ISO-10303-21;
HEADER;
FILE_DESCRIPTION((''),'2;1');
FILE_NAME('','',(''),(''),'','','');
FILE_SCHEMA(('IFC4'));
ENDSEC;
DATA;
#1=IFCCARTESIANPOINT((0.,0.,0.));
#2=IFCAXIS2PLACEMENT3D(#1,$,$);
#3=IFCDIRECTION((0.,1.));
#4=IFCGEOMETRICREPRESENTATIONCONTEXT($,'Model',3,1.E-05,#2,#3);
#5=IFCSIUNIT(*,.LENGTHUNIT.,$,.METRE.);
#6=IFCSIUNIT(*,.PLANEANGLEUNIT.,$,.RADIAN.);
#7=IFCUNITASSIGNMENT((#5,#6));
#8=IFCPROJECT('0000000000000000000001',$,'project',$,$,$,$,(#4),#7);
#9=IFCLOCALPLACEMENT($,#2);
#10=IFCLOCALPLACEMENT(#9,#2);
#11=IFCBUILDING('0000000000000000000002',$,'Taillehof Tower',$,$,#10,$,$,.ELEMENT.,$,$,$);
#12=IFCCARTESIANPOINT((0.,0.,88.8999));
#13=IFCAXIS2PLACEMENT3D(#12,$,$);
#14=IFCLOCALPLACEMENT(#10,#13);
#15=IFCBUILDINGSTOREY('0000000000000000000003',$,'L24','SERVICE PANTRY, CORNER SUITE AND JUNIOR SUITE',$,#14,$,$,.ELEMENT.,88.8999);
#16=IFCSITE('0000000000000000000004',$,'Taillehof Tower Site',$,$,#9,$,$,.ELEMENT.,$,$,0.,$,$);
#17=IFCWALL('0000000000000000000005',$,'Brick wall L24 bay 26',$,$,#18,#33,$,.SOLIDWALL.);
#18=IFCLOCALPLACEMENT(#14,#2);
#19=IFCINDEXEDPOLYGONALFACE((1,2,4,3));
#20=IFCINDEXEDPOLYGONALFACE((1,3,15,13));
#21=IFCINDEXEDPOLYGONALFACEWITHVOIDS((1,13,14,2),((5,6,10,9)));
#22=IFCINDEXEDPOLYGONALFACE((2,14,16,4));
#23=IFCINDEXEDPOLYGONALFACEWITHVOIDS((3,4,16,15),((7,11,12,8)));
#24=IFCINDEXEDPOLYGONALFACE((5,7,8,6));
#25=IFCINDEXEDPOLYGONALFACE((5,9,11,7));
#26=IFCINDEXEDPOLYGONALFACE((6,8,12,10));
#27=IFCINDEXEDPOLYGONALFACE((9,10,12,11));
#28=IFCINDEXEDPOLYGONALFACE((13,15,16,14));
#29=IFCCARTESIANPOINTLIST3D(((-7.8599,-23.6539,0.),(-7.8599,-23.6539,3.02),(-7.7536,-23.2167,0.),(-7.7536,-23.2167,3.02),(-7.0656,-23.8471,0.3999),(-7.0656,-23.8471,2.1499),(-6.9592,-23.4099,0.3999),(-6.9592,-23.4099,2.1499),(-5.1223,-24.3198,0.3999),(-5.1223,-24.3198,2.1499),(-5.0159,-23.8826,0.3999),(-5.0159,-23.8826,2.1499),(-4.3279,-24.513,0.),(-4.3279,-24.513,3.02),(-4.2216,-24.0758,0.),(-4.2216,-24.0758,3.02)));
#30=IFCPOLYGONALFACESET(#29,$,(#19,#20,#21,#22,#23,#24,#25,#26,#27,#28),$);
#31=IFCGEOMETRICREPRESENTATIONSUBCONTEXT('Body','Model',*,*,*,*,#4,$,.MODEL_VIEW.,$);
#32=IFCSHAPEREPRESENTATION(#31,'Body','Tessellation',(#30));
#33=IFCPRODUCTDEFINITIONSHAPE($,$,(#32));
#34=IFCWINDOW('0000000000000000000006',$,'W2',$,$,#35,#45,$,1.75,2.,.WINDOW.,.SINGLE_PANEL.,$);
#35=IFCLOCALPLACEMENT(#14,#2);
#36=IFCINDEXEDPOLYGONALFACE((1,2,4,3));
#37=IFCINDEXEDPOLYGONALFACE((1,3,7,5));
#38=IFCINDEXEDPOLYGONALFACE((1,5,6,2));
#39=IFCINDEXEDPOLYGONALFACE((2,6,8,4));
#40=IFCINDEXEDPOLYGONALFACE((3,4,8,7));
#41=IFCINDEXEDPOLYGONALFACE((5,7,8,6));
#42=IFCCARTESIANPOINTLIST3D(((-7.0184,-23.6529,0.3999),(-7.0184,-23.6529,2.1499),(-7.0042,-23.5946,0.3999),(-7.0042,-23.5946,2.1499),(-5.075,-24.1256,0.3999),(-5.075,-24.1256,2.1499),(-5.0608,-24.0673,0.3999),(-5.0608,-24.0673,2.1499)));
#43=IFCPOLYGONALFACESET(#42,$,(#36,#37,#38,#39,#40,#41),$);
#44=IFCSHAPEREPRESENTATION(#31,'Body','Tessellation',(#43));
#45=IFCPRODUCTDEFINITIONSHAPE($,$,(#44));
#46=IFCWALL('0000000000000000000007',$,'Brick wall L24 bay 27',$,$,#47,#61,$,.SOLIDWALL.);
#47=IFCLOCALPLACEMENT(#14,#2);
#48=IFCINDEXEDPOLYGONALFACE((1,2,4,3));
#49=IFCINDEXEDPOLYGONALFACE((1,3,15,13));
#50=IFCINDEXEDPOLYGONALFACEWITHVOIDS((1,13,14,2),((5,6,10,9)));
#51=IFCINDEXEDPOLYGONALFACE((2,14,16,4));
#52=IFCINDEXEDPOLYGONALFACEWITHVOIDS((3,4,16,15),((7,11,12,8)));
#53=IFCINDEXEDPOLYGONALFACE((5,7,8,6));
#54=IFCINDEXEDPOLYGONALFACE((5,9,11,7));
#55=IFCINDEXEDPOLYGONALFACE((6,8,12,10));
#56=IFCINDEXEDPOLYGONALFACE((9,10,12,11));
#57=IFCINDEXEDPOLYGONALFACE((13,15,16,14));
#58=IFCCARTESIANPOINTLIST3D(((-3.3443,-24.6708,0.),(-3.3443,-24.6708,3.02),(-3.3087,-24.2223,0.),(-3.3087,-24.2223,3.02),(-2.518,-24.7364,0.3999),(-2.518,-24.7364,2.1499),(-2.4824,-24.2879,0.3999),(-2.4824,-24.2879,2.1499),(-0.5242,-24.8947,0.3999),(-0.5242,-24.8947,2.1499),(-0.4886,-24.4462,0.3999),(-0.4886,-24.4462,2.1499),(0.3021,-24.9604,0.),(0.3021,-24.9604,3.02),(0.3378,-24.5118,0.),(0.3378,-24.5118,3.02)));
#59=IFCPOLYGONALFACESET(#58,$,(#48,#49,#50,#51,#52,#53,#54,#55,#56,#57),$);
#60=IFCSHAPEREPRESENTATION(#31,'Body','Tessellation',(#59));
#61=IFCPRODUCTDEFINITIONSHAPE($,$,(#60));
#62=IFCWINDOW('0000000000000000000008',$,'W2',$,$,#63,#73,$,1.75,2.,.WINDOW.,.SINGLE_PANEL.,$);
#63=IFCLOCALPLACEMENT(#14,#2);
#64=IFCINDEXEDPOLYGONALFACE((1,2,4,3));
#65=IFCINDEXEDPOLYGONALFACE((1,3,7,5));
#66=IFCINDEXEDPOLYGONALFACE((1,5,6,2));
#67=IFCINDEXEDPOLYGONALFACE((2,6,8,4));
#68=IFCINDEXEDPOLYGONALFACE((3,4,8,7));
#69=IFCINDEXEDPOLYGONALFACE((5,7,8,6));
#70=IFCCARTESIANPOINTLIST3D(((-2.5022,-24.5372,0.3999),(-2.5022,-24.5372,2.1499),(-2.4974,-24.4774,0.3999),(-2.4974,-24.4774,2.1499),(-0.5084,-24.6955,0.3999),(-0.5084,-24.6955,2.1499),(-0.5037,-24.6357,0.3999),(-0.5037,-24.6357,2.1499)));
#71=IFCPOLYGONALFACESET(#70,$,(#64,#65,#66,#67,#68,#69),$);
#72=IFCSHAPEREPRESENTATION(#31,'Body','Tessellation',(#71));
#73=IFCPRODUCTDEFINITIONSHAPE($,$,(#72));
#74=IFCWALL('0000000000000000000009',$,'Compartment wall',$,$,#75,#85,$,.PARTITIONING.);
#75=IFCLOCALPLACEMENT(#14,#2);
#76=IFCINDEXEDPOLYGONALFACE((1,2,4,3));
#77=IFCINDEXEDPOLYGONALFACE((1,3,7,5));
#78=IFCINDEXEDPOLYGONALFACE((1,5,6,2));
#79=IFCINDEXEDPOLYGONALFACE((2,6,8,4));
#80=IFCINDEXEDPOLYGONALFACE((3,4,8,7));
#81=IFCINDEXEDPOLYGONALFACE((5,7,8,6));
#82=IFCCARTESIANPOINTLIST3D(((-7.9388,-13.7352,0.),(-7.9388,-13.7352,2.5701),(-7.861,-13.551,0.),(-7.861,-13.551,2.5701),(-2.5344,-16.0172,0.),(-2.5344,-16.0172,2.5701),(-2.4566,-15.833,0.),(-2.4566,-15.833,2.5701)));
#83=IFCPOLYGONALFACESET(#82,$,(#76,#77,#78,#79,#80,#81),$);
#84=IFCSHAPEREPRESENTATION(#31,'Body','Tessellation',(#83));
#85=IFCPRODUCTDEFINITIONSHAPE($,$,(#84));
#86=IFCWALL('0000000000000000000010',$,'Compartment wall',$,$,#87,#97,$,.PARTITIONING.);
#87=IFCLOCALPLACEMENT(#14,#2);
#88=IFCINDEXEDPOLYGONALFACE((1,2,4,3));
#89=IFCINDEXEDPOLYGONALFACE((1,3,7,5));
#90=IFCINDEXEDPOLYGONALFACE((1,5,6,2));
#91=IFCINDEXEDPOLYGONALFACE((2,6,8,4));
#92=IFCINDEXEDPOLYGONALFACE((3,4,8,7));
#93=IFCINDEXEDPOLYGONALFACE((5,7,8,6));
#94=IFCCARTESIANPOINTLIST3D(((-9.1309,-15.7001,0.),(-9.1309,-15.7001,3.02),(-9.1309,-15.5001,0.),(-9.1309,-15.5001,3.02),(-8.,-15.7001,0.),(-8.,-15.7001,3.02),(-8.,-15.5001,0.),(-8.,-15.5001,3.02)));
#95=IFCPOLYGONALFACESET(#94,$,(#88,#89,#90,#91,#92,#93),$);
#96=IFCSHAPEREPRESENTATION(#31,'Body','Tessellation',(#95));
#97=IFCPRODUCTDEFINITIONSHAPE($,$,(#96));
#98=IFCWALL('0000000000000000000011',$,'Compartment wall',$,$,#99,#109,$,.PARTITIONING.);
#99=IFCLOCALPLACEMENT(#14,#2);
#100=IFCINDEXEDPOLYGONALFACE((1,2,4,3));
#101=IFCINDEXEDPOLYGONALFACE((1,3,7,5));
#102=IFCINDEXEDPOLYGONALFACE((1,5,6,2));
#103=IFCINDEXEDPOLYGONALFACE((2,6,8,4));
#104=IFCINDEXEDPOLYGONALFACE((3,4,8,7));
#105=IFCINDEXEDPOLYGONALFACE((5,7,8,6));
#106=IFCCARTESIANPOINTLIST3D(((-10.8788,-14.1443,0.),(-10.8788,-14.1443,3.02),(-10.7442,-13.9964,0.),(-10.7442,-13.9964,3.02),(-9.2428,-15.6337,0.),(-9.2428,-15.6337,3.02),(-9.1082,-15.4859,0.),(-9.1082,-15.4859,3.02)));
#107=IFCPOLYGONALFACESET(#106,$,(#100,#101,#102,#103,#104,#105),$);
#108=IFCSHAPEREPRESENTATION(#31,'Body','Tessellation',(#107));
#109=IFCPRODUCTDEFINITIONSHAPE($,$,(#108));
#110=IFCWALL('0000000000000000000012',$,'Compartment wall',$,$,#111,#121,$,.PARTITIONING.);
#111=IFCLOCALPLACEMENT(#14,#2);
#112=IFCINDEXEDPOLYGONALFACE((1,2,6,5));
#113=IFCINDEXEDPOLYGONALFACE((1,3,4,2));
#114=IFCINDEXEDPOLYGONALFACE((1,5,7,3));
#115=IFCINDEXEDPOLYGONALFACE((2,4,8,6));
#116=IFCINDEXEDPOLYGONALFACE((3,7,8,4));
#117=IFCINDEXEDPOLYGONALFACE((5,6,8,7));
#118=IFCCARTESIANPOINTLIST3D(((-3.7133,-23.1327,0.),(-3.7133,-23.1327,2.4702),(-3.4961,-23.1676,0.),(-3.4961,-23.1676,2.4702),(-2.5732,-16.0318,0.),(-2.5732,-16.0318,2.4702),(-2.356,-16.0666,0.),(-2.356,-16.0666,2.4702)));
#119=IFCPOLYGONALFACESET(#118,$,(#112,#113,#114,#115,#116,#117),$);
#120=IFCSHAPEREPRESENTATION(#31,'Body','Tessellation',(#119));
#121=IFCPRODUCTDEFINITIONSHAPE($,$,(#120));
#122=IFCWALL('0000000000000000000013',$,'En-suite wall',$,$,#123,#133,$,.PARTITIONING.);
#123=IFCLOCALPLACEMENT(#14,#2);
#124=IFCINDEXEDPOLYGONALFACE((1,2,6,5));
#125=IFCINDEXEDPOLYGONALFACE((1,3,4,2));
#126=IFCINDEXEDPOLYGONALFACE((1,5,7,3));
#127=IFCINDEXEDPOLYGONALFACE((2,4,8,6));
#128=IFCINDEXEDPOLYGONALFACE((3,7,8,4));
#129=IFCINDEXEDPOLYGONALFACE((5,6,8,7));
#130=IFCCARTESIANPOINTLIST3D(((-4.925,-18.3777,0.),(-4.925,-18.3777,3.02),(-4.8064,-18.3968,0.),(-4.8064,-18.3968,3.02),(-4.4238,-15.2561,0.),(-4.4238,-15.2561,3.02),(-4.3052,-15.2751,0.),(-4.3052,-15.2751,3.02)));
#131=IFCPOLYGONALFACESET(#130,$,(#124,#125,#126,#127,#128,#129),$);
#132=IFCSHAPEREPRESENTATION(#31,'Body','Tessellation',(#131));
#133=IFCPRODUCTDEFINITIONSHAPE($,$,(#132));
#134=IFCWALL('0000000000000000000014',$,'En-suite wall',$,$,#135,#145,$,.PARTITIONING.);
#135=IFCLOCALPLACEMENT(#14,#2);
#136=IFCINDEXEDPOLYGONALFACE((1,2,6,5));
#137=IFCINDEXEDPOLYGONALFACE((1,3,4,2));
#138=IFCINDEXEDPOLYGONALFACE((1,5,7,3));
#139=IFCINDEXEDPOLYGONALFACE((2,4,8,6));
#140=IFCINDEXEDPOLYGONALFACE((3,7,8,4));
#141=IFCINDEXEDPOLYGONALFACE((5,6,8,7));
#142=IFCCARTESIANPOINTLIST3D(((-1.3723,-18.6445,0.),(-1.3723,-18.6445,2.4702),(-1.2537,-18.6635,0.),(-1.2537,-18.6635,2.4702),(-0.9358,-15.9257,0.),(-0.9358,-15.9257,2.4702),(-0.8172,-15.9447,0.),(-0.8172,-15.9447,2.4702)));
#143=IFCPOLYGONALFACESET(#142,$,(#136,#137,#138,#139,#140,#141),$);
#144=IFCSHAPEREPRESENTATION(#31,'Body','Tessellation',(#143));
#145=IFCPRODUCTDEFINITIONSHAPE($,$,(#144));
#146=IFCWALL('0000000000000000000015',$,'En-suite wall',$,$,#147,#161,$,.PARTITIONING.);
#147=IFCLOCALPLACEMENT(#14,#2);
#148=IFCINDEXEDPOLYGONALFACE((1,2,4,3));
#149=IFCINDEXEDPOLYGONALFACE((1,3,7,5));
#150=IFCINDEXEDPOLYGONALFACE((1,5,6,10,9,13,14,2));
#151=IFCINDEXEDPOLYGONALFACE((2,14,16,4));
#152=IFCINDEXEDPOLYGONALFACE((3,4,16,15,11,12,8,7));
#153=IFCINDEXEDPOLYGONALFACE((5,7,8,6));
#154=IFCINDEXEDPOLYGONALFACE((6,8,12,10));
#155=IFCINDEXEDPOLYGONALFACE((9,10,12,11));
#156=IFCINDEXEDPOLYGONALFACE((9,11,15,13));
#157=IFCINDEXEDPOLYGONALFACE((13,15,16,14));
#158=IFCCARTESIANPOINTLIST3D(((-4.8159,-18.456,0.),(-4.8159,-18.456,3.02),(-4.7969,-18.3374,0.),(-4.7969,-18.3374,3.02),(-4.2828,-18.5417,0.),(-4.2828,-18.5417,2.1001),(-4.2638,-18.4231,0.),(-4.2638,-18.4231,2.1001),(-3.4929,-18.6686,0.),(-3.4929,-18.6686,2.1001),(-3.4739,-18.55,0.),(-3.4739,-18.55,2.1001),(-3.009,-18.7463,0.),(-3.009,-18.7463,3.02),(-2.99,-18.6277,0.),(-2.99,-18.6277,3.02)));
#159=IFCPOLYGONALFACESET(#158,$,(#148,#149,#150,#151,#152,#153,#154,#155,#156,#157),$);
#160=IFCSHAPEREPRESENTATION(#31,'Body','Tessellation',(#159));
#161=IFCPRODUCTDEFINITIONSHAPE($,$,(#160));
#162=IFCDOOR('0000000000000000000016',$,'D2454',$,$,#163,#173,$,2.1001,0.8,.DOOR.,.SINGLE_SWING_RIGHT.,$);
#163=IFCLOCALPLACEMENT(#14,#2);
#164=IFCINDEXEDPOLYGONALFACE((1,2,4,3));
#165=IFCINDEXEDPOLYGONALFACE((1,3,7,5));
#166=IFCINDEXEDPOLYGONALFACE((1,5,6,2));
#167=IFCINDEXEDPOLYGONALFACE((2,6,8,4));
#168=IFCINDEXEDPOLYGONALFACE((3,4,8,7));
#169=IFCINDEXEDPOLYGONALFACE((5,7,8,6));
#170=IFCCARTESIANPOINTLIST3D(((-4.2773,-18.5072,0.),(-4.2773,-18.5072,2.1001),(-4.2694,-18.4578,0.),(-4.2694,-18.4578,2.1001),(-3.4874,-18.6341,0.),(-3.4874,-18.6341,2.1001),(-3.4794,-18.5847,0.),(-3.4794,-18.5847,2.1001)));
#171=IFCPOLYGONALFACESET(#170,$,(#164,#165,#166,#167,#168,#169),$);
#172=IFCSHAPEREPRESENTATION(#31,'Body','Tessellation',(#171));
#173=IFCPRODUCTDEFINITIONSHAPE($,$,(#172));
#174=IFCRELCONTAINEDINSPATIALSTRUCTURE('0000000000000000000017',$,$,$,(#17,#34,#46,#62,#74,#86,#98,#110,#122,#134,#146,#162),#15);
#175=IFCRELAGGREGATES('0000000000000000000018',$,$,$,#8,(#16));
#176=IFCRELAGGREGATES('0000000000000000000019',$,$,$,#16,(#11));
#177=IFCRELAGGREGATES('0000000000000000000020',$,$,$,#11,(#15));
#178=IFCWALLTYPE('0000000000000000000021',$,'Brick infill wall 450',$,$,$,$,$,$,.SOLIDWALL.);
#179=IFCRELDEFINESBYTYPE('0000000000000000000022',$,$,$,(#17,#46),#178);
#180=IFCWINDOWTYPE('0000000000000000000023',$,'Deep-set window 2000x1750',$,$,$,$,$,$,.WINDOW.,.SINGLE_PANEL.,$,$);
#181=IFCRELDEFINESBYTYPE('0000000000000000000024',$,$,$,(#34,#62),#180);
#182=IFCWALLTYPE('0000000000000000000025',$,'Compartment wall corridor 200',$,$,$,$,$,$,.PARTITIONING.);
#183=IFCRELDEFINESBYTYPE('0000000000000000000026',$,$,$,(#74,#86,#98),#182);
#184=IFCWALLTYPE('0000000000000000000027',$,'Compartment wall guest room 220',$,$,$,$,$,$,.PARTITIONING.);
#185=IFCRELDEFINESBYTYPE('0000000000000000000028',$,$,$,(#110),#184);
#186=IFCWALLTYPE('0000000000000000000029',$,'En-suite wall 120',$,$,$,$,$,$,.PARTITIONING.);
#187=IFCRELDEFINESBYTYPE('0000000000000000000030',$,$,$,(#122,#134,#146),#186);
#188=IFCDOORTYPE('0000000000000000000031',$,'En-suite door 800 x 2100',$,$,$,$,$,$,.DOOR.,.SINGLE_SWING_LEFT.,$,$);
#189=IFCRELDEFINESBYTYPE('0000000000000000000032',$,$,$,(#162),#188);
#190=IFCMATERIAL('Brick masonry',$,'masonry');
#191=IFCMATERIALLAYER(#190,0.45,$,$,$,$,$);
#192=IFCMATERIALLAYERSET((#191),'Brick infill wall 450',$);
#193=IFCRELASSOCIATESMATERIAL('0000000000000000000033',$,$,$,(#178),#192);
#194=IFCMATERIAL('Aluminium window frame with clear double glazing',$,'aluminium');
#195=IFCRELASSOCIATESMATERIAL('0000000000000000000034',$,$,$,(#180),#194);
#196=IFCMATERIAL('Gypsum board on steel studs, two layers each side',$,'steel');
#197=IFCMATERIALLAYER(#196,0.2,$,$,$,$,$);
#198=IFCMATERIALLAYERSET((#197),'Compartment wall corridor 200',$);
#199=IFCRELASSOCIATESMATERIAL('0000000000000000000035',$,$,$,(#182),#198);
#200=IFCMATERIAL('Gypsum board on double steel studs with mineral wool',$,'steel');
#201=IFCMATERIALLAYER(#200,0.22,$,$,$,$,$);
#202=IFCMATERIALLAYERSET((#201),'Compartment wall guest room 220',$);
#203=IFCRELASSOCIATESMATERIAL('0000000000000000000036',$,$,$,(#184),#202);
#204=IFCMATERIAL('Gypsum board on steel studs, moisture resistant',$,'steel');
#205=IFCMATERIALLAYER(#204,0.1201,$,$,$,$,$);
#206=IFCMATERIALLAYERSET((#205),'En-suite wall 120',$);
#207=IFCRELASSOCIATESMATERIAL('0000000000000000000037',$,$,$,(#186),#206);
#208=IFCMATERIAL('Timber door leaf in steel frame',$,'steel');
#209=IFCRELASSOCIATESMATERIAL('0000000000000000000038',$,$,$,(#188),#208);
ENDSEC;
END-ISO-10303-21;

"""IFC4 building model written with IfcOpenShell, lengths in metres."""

from ifc_helpers import new_model, si_unit, direction, frame, frame_2d, origin, place, context, subcontext, project, spatial, rectangle, extrude, material, layer, layer_set, type_object, element, fill, save


model = new_model("IFC4")

# Units and contexts
model_context = context("Model", 3, precision=1e-05, world=origin(), true_north=direction((0.0, 1.0)))
body_context = subcontext(model_context, "Body", "Model", "MODEL_VIEW")
ifc_project = project(units=[si_unit("LENGTHUNIT", "METRE"), si_unit("PLANEANGLEUNIT", "RADIAN")], contexts=[model_context])

# Site, building, storey
site_placement = place(None, origin())
site = spatial("IfcSite", under=ifc_project, at=site_placement, Name="Taillehof Tower Site", CompositionType="ELEMENT", RefElevation=0.0)
building_placement = place(site_placement, origin())
building = spatial("IfcBuilding", under=site, at=building_placement, Name="Taillehof Tower", CompositionType="ELEMENT")
storey_placement = place(building_placement, frame((0.0, 0.0, 88.8999)))
storey = spatial("IfcBuildingStorey", under=building, at=storey_placement, Name="L24", Description="SERVICE PANTRY, CORNER SUITE AND JUNIOR SUITE", CompositionType="ELEMENT", Elevation=88.8999)

# Walls, openings, windows
ifc_material_1 = material(Name="Brick masonry", Category="masonry")
ifc_layer_1 = layer(ifc_material_1, 0.45)
ifc_layer_set_1 = layer_set([ifc_layer_1], Name="Brick infill wall 450")
wall_type_1 = type_object("IfcWallType", Name="Brick infill wall 450", PredefinedType="SOLIDWALL", material=ifc_layer_set_1)
ifc_material_2 = material(Name="Aluminium window frame with clear double glazing", Category="aluminium")
window_type = type_object("IfcWindowType", Name="Deep-set window 2000x1750", PartitioningType="SINGLE_PANEL", PredefinedType="WINDOW", material=ifc_material_2)
wall_1_placement = place(storey_placement, frame((-7.8066, -23.4353, 0.0), z_axis=(0.0, 0.0, 1.0), x_axis=(0.971668, -0.236352, 0.0)))
wall_1 = element("IfcWall", 1, at=wall_1_placement, inside=storey, type_object=wall_type_1, Name="Brick wall L24 bay 26", PredefinedType="SOLIDWALL", context=body_context, shape_type="SweptSolid", body=[
    extrude(rectangle(XDim=3.635, YDim=0.45, at=frame_2d((1.8174, 0.0))), origin(), (0.0, 0.0, 1.0), 3.02),
])
opening_1_placement = place(wall_1_placement, frame((0.8174, 0.0, 0.3999)))
opening_1 = element("IfcOpeningElement", 2, at=opening_1_placement, cuts=wall_1, PredefinedType="OPENING", context=body_context, shape_type="SweptSolid", body=[
    extrude(rectangle(XDim=2.0, YDim=1.75, at=frame_2d((1.0, 0.875))), frame((0.0, 0.2349, 0.0), z_axis=(0.0, -1.0, 0.0), x_axis=(1.0, 0.0, 0.0)), (0.0, 0.0, 1.0), 0.47),
])
window_1_placement = place(opening_1_placement, origin())
window_1 = element("IfcWindow", 3, at=window_1_placement, inside=storey, type_object=window_type, Name="W2", OverallHeight=1.75, OverallWidth=2.0, PartitioningType="SINGLE_PANEL", PredefinedType="WINDOW", context=body_context, shape_type="SweptSolid", body=[
    extrude(rectangle(XDim=2.0, YDim=1.75, at=frame_2d((1.0, 0.875))), frame((0.0, 0.0349, 0.0), z_axis=(0.0, -1.0, 0.0), x_axis=(1.0, 0.0, 0.0)), (0.0, 0.0, 1.0), 0.0601),
])
fill(opening_1, window_1)
wall_2_placement = place(storey_placement, frame((-3.3267, -24.4465, 0.0), z_axis=(0.0, 0.0, 1.0), x_axis=(0.996862, -0.079156, 0.0)))
wall_2 = element("IfcWall", 4, at=wall_2_placement, inside=storey, type_object=wall_type_1, Name="Brick wall L24 bay 27", PredefinedType="SOLIDWALL", context=body_context, shape_type="SweptSolid", body=[
    extrude(rectangle(XDim=3.658, YDim=0.45, at=frame_2d((1.8291, 0.0))), origin(), (0.0, 0.0, 1.0), 3.02),
])
opening_2_placement = place(wall_2_placement, frame((0.8291, 0.0, 0.3999)))
opening_2 = element("IfcOpeningElement", 5, at=opening_2_placement, cuts=wall_2, PredefinedType="OPENING", context=body_context, shape_type="SweptSolid", body=[
    extrude(rectangle(XDim=2.0, YDim=1.75, at=frame_2d((1.0, 0.875))), frame((0.0, 0.2349, 0.0), z_axis=(0.0, -1.0, 0.0), x_axis=(1.0, 0.0, 0.0)), (0.0, 0.0, 1.0), 0.47),
])
window_2_placement = place(opening_2_placement, origin())
window_2 = element("IfcWindow", 6, at=window_2_placement, inside=storey, type_object=window_type, Name="W2", OverallHeight=1.75, OverallWidth=2.0, PartitioningType="SINGLE_PANEL", PredefinedType="WINDOW", context=body_context, shape_type="SweptSolid", body=[
    extrude(rectangle(XDim=2.0, YDim=1.75, at=frame_2d((1.0, 0.875))), frame((0.0, 0.0349, 0.0), z_axis=(0.0, -1.0, 0.0), x_axis=(1.0, 0.0, 0.0)), (0.0, 0.0, 1.0), 0.0601),
])
fill(opening_2, window_2)

# Walls
ifc_material_3 = material(Name="Gypsum board on steel studs, two layers each side", Category="steel")
ifc_layer_2 = layer(ifc_material_3, 0.2)
ifc_layer_set_2 = layer_set([ifc_layer_2], Name="Compartment wall corridor 200")
wall_type_2 = type_object("IfcWallType", Name="Compartment wall corridor 200", PredefinedType="PARTITIONING", material=ifc_layer_set_2)
wall_3_placement = place(storey_placement, frame((-2.4956, -15.925, 0.0), z_axis=(0.0, 0.0, 1.0), x_axis=(-0.921239, 0.388996, 0.0)))
element("IfcWall", 7, at=wall_3_placement, inside=storey, type_object=wall_type_2, Name="Compartment wall", PredefinedType="PARTITIONING", context=body_context, shape_type="SweptSolid", body=[
    extrude(rectangle(XDim=5.8665, YDim=0.2, at=frame_2d((2.9331, 0.0))), origin(), (0.0, 0.0, 1.0), 2.5701),
])
wall_4_placement = place(storey_placement, frame((-8.0, -15.6001, 0.0), z_axis=(0.0, 0.0, 1.0), x_axis=(-1.0, 0.0, 0.0)))
element("IfcWall", 8, at=wall_4_placement, inside=storey, type_object=wall_type_2, Name="Compartment wall", PredefinedType="PARTITIONING", context=body_context, shape_type="SweptSolid", body=[
    extrude(rectangle(XDim=1.1309, YDim=0.2, at=frame_2d((0.5654, 0.0))), origin(), (0.0, 0.0, 1.0), 3.02),
])
wall_5_placement = place(storey_placement, frame((-9.1755, -15.5598, 0.0), z_axis=(0.0, 0.0, 1.0), x_axis=(-0.739436, 0.673227, 0.0)))
element("IfcWall", 9, at=wall_5_placement, inside=storey, type_object=wall_type_2, Name="Compartment wall", PredefinedType="PARTITIONING", context=body_context, shape_type="SweptSolid", body=[
    extrude(rectangle(XDim=2.2124, YDim=0.2, at=frame_2d((1.1062, 0.0))), origin(), (0.0, 0.0, 1.0), 3.02),
])
ifc_material_4 = material(Name="Gypsum board on double steel studs with mineral wool", Category="steel")
ifc_layer_3 = layer(ifc_material_4, 0.22)
ifc_layer_set_3 = layer_set([ifc_layer_3], Name="Compartment wall guest room 220")
wall_type_3 = type_object("IfcWallType", Name="Compartment wall guest room 220", PredefinedType="PARTITIONING", material=ifc_layer_set_3)
wall_6_placement = place(storey_placement, frame((-3.6047, -23.1501, 0.0), z_axis=(0.0, 0.0, 1.0), x_axis=(0.158533, 0.987354, 0.0)))
element("IfcWall", 10, at=wall_6_placement, inside=storey, type_object=wall_type_3, Name="Compartment wall", PredefinedType="PARTITIONING", context=body_context, shape_type="SweptSolid", body=[
    extrude(rectangle(XDim=7.1919, YDim=0.22, at=frame_2d((3.5959, 0.0))), origin(), (0.0, 0.0, 1.0), 2.4702),
])
ifc_material_5 = material(Name="Gypsum board on steel studs, moisture resistant", Category="steel")
ifc_layer_4 = layer(ifc_material_5, 0.1201)
ifc_layer_set_4 = layer_set([ifc_layer_4], Name="En-suite wall 120")
wall_type_4 = type_object("IfcWallType", Name="En-suite wall 120", PredefinedType="PARTITIONING", material=ifc_layer_set_4)
wall_7_placement = place(storey_placement, frame((-4.3645, -15.2656, 0.0), z_axis=(0.0, 0.0, 1.0), x_axis=(-0.158536, -0.987353, 0.0)))
element("IfcWall", 11, at=wall_7_placement, inside=storey, type_object=wall_type_4, Name="En-suite wall", PredefinedType="PARTITIONING", context=body_context, shape_type="SweptSolid", body=[
    extrude(rectangle(XDim=3.1616, YDim=0.1201, at=frame_2d((1.5808, 0.0))), origin(), (0.0, 0.0, 1.0), 3.02),
])
wall_8_placement = place(storey_placement, frame((-0.8765, -15.9351, 0.0), z_axis=(0.0, 0.0, 1.0), x_axis=(-0.15853, -0.987354, 0.0)))
element("IfcWall", 12, at=wall_8_placement, inside=storey, type_object=wall_type_4, Name="En-suite wall", PredefinedType="PARTITIONING", context=body_context, shape_type="SweptSolid", body=[
    extrude(rectangle(XDim=2.7537, YDim=0.1201, at=frame_2d((1.377, 0.0))), origin(), (0.0, 0.0, 1.0), 2.4702),
])

# Wall, opening, door
wall_9_placement = place(storey_placement, frame((-4.8064, -18.3967, 0.0), z_axis=(0.0, 0.0, 1.0), x_axis=(0.98734, -0.15862, 0.0)))
wall_9 = element("IfcWall", 13, at=wall_9_placement, inside=storey, type_object=wall_type_4, Name="En-suite wall", PredefinedType="PARTITIONING", context=body_context, shape_type="SweptSolid", body=[
    extrude(rectangle(XDim=1.8301, YDim=0.1201, at=frame_2d((0.915, 0.0))), origin(), (0.0, 0.0, 1.0), 3.02),
])
opening_3_placement = place(wall_9_placement, frame((0.54, 0.0, 0.0)))
opening_3 = element("IfcOpeningElement", 14, at=opening_3_placement, cuts=wall_9, PredefinedType="OPENING", context=body_context, shape_type="SweptSolid", body=[
    extrude(rectangle(XDim=0.8, YDim=2.1001, at=frame_2d((0.3999, 1.05))), frame((0.0, 0.0701, 0.0), z_axis=(0.0, -1.0, 0.0), x_axis=(1.0, 0.0, 0.0)), (0.0, 0.0, 1.0), 0.1401),
])
ifc_material_6 = material(Name="Timber door leaf in steel frame", Category="steel")
door_type = type_object("IfcDoorType", Name="En-suite door 800 x 2100", OperationType="SINGLE_SWING_LEFT", PredefinedType="DOOR", material=ifc_material_6)
door_1_placement = place(opening_3_placement, origin())
door_1 = element("IfcDoor", 15, at=door_1_placement, inside=storey, type_object=door_type, Name="D2454", OperationType="SINGLE_SWING_RIGHT", OverallHeight=2.1001, OverallWidth=0.8, PredefinedType="DOOR", context=body_context, shape_type="SweptSolid", body=[
    extrude(rectangle(XDim=0.8, YDim=2.1001, at=frame_2d((0.3999, 1.05))), frame((0.0, 0.0249, 0.0), z_axis=(0.0, -1.0, 0.0), x_axis=(1.0, 0.0, 0.0)), (0.0, 0.0, 1.0), 0.05),
])
fill(opening_3, door_1)

save(model, "model.ifc")
